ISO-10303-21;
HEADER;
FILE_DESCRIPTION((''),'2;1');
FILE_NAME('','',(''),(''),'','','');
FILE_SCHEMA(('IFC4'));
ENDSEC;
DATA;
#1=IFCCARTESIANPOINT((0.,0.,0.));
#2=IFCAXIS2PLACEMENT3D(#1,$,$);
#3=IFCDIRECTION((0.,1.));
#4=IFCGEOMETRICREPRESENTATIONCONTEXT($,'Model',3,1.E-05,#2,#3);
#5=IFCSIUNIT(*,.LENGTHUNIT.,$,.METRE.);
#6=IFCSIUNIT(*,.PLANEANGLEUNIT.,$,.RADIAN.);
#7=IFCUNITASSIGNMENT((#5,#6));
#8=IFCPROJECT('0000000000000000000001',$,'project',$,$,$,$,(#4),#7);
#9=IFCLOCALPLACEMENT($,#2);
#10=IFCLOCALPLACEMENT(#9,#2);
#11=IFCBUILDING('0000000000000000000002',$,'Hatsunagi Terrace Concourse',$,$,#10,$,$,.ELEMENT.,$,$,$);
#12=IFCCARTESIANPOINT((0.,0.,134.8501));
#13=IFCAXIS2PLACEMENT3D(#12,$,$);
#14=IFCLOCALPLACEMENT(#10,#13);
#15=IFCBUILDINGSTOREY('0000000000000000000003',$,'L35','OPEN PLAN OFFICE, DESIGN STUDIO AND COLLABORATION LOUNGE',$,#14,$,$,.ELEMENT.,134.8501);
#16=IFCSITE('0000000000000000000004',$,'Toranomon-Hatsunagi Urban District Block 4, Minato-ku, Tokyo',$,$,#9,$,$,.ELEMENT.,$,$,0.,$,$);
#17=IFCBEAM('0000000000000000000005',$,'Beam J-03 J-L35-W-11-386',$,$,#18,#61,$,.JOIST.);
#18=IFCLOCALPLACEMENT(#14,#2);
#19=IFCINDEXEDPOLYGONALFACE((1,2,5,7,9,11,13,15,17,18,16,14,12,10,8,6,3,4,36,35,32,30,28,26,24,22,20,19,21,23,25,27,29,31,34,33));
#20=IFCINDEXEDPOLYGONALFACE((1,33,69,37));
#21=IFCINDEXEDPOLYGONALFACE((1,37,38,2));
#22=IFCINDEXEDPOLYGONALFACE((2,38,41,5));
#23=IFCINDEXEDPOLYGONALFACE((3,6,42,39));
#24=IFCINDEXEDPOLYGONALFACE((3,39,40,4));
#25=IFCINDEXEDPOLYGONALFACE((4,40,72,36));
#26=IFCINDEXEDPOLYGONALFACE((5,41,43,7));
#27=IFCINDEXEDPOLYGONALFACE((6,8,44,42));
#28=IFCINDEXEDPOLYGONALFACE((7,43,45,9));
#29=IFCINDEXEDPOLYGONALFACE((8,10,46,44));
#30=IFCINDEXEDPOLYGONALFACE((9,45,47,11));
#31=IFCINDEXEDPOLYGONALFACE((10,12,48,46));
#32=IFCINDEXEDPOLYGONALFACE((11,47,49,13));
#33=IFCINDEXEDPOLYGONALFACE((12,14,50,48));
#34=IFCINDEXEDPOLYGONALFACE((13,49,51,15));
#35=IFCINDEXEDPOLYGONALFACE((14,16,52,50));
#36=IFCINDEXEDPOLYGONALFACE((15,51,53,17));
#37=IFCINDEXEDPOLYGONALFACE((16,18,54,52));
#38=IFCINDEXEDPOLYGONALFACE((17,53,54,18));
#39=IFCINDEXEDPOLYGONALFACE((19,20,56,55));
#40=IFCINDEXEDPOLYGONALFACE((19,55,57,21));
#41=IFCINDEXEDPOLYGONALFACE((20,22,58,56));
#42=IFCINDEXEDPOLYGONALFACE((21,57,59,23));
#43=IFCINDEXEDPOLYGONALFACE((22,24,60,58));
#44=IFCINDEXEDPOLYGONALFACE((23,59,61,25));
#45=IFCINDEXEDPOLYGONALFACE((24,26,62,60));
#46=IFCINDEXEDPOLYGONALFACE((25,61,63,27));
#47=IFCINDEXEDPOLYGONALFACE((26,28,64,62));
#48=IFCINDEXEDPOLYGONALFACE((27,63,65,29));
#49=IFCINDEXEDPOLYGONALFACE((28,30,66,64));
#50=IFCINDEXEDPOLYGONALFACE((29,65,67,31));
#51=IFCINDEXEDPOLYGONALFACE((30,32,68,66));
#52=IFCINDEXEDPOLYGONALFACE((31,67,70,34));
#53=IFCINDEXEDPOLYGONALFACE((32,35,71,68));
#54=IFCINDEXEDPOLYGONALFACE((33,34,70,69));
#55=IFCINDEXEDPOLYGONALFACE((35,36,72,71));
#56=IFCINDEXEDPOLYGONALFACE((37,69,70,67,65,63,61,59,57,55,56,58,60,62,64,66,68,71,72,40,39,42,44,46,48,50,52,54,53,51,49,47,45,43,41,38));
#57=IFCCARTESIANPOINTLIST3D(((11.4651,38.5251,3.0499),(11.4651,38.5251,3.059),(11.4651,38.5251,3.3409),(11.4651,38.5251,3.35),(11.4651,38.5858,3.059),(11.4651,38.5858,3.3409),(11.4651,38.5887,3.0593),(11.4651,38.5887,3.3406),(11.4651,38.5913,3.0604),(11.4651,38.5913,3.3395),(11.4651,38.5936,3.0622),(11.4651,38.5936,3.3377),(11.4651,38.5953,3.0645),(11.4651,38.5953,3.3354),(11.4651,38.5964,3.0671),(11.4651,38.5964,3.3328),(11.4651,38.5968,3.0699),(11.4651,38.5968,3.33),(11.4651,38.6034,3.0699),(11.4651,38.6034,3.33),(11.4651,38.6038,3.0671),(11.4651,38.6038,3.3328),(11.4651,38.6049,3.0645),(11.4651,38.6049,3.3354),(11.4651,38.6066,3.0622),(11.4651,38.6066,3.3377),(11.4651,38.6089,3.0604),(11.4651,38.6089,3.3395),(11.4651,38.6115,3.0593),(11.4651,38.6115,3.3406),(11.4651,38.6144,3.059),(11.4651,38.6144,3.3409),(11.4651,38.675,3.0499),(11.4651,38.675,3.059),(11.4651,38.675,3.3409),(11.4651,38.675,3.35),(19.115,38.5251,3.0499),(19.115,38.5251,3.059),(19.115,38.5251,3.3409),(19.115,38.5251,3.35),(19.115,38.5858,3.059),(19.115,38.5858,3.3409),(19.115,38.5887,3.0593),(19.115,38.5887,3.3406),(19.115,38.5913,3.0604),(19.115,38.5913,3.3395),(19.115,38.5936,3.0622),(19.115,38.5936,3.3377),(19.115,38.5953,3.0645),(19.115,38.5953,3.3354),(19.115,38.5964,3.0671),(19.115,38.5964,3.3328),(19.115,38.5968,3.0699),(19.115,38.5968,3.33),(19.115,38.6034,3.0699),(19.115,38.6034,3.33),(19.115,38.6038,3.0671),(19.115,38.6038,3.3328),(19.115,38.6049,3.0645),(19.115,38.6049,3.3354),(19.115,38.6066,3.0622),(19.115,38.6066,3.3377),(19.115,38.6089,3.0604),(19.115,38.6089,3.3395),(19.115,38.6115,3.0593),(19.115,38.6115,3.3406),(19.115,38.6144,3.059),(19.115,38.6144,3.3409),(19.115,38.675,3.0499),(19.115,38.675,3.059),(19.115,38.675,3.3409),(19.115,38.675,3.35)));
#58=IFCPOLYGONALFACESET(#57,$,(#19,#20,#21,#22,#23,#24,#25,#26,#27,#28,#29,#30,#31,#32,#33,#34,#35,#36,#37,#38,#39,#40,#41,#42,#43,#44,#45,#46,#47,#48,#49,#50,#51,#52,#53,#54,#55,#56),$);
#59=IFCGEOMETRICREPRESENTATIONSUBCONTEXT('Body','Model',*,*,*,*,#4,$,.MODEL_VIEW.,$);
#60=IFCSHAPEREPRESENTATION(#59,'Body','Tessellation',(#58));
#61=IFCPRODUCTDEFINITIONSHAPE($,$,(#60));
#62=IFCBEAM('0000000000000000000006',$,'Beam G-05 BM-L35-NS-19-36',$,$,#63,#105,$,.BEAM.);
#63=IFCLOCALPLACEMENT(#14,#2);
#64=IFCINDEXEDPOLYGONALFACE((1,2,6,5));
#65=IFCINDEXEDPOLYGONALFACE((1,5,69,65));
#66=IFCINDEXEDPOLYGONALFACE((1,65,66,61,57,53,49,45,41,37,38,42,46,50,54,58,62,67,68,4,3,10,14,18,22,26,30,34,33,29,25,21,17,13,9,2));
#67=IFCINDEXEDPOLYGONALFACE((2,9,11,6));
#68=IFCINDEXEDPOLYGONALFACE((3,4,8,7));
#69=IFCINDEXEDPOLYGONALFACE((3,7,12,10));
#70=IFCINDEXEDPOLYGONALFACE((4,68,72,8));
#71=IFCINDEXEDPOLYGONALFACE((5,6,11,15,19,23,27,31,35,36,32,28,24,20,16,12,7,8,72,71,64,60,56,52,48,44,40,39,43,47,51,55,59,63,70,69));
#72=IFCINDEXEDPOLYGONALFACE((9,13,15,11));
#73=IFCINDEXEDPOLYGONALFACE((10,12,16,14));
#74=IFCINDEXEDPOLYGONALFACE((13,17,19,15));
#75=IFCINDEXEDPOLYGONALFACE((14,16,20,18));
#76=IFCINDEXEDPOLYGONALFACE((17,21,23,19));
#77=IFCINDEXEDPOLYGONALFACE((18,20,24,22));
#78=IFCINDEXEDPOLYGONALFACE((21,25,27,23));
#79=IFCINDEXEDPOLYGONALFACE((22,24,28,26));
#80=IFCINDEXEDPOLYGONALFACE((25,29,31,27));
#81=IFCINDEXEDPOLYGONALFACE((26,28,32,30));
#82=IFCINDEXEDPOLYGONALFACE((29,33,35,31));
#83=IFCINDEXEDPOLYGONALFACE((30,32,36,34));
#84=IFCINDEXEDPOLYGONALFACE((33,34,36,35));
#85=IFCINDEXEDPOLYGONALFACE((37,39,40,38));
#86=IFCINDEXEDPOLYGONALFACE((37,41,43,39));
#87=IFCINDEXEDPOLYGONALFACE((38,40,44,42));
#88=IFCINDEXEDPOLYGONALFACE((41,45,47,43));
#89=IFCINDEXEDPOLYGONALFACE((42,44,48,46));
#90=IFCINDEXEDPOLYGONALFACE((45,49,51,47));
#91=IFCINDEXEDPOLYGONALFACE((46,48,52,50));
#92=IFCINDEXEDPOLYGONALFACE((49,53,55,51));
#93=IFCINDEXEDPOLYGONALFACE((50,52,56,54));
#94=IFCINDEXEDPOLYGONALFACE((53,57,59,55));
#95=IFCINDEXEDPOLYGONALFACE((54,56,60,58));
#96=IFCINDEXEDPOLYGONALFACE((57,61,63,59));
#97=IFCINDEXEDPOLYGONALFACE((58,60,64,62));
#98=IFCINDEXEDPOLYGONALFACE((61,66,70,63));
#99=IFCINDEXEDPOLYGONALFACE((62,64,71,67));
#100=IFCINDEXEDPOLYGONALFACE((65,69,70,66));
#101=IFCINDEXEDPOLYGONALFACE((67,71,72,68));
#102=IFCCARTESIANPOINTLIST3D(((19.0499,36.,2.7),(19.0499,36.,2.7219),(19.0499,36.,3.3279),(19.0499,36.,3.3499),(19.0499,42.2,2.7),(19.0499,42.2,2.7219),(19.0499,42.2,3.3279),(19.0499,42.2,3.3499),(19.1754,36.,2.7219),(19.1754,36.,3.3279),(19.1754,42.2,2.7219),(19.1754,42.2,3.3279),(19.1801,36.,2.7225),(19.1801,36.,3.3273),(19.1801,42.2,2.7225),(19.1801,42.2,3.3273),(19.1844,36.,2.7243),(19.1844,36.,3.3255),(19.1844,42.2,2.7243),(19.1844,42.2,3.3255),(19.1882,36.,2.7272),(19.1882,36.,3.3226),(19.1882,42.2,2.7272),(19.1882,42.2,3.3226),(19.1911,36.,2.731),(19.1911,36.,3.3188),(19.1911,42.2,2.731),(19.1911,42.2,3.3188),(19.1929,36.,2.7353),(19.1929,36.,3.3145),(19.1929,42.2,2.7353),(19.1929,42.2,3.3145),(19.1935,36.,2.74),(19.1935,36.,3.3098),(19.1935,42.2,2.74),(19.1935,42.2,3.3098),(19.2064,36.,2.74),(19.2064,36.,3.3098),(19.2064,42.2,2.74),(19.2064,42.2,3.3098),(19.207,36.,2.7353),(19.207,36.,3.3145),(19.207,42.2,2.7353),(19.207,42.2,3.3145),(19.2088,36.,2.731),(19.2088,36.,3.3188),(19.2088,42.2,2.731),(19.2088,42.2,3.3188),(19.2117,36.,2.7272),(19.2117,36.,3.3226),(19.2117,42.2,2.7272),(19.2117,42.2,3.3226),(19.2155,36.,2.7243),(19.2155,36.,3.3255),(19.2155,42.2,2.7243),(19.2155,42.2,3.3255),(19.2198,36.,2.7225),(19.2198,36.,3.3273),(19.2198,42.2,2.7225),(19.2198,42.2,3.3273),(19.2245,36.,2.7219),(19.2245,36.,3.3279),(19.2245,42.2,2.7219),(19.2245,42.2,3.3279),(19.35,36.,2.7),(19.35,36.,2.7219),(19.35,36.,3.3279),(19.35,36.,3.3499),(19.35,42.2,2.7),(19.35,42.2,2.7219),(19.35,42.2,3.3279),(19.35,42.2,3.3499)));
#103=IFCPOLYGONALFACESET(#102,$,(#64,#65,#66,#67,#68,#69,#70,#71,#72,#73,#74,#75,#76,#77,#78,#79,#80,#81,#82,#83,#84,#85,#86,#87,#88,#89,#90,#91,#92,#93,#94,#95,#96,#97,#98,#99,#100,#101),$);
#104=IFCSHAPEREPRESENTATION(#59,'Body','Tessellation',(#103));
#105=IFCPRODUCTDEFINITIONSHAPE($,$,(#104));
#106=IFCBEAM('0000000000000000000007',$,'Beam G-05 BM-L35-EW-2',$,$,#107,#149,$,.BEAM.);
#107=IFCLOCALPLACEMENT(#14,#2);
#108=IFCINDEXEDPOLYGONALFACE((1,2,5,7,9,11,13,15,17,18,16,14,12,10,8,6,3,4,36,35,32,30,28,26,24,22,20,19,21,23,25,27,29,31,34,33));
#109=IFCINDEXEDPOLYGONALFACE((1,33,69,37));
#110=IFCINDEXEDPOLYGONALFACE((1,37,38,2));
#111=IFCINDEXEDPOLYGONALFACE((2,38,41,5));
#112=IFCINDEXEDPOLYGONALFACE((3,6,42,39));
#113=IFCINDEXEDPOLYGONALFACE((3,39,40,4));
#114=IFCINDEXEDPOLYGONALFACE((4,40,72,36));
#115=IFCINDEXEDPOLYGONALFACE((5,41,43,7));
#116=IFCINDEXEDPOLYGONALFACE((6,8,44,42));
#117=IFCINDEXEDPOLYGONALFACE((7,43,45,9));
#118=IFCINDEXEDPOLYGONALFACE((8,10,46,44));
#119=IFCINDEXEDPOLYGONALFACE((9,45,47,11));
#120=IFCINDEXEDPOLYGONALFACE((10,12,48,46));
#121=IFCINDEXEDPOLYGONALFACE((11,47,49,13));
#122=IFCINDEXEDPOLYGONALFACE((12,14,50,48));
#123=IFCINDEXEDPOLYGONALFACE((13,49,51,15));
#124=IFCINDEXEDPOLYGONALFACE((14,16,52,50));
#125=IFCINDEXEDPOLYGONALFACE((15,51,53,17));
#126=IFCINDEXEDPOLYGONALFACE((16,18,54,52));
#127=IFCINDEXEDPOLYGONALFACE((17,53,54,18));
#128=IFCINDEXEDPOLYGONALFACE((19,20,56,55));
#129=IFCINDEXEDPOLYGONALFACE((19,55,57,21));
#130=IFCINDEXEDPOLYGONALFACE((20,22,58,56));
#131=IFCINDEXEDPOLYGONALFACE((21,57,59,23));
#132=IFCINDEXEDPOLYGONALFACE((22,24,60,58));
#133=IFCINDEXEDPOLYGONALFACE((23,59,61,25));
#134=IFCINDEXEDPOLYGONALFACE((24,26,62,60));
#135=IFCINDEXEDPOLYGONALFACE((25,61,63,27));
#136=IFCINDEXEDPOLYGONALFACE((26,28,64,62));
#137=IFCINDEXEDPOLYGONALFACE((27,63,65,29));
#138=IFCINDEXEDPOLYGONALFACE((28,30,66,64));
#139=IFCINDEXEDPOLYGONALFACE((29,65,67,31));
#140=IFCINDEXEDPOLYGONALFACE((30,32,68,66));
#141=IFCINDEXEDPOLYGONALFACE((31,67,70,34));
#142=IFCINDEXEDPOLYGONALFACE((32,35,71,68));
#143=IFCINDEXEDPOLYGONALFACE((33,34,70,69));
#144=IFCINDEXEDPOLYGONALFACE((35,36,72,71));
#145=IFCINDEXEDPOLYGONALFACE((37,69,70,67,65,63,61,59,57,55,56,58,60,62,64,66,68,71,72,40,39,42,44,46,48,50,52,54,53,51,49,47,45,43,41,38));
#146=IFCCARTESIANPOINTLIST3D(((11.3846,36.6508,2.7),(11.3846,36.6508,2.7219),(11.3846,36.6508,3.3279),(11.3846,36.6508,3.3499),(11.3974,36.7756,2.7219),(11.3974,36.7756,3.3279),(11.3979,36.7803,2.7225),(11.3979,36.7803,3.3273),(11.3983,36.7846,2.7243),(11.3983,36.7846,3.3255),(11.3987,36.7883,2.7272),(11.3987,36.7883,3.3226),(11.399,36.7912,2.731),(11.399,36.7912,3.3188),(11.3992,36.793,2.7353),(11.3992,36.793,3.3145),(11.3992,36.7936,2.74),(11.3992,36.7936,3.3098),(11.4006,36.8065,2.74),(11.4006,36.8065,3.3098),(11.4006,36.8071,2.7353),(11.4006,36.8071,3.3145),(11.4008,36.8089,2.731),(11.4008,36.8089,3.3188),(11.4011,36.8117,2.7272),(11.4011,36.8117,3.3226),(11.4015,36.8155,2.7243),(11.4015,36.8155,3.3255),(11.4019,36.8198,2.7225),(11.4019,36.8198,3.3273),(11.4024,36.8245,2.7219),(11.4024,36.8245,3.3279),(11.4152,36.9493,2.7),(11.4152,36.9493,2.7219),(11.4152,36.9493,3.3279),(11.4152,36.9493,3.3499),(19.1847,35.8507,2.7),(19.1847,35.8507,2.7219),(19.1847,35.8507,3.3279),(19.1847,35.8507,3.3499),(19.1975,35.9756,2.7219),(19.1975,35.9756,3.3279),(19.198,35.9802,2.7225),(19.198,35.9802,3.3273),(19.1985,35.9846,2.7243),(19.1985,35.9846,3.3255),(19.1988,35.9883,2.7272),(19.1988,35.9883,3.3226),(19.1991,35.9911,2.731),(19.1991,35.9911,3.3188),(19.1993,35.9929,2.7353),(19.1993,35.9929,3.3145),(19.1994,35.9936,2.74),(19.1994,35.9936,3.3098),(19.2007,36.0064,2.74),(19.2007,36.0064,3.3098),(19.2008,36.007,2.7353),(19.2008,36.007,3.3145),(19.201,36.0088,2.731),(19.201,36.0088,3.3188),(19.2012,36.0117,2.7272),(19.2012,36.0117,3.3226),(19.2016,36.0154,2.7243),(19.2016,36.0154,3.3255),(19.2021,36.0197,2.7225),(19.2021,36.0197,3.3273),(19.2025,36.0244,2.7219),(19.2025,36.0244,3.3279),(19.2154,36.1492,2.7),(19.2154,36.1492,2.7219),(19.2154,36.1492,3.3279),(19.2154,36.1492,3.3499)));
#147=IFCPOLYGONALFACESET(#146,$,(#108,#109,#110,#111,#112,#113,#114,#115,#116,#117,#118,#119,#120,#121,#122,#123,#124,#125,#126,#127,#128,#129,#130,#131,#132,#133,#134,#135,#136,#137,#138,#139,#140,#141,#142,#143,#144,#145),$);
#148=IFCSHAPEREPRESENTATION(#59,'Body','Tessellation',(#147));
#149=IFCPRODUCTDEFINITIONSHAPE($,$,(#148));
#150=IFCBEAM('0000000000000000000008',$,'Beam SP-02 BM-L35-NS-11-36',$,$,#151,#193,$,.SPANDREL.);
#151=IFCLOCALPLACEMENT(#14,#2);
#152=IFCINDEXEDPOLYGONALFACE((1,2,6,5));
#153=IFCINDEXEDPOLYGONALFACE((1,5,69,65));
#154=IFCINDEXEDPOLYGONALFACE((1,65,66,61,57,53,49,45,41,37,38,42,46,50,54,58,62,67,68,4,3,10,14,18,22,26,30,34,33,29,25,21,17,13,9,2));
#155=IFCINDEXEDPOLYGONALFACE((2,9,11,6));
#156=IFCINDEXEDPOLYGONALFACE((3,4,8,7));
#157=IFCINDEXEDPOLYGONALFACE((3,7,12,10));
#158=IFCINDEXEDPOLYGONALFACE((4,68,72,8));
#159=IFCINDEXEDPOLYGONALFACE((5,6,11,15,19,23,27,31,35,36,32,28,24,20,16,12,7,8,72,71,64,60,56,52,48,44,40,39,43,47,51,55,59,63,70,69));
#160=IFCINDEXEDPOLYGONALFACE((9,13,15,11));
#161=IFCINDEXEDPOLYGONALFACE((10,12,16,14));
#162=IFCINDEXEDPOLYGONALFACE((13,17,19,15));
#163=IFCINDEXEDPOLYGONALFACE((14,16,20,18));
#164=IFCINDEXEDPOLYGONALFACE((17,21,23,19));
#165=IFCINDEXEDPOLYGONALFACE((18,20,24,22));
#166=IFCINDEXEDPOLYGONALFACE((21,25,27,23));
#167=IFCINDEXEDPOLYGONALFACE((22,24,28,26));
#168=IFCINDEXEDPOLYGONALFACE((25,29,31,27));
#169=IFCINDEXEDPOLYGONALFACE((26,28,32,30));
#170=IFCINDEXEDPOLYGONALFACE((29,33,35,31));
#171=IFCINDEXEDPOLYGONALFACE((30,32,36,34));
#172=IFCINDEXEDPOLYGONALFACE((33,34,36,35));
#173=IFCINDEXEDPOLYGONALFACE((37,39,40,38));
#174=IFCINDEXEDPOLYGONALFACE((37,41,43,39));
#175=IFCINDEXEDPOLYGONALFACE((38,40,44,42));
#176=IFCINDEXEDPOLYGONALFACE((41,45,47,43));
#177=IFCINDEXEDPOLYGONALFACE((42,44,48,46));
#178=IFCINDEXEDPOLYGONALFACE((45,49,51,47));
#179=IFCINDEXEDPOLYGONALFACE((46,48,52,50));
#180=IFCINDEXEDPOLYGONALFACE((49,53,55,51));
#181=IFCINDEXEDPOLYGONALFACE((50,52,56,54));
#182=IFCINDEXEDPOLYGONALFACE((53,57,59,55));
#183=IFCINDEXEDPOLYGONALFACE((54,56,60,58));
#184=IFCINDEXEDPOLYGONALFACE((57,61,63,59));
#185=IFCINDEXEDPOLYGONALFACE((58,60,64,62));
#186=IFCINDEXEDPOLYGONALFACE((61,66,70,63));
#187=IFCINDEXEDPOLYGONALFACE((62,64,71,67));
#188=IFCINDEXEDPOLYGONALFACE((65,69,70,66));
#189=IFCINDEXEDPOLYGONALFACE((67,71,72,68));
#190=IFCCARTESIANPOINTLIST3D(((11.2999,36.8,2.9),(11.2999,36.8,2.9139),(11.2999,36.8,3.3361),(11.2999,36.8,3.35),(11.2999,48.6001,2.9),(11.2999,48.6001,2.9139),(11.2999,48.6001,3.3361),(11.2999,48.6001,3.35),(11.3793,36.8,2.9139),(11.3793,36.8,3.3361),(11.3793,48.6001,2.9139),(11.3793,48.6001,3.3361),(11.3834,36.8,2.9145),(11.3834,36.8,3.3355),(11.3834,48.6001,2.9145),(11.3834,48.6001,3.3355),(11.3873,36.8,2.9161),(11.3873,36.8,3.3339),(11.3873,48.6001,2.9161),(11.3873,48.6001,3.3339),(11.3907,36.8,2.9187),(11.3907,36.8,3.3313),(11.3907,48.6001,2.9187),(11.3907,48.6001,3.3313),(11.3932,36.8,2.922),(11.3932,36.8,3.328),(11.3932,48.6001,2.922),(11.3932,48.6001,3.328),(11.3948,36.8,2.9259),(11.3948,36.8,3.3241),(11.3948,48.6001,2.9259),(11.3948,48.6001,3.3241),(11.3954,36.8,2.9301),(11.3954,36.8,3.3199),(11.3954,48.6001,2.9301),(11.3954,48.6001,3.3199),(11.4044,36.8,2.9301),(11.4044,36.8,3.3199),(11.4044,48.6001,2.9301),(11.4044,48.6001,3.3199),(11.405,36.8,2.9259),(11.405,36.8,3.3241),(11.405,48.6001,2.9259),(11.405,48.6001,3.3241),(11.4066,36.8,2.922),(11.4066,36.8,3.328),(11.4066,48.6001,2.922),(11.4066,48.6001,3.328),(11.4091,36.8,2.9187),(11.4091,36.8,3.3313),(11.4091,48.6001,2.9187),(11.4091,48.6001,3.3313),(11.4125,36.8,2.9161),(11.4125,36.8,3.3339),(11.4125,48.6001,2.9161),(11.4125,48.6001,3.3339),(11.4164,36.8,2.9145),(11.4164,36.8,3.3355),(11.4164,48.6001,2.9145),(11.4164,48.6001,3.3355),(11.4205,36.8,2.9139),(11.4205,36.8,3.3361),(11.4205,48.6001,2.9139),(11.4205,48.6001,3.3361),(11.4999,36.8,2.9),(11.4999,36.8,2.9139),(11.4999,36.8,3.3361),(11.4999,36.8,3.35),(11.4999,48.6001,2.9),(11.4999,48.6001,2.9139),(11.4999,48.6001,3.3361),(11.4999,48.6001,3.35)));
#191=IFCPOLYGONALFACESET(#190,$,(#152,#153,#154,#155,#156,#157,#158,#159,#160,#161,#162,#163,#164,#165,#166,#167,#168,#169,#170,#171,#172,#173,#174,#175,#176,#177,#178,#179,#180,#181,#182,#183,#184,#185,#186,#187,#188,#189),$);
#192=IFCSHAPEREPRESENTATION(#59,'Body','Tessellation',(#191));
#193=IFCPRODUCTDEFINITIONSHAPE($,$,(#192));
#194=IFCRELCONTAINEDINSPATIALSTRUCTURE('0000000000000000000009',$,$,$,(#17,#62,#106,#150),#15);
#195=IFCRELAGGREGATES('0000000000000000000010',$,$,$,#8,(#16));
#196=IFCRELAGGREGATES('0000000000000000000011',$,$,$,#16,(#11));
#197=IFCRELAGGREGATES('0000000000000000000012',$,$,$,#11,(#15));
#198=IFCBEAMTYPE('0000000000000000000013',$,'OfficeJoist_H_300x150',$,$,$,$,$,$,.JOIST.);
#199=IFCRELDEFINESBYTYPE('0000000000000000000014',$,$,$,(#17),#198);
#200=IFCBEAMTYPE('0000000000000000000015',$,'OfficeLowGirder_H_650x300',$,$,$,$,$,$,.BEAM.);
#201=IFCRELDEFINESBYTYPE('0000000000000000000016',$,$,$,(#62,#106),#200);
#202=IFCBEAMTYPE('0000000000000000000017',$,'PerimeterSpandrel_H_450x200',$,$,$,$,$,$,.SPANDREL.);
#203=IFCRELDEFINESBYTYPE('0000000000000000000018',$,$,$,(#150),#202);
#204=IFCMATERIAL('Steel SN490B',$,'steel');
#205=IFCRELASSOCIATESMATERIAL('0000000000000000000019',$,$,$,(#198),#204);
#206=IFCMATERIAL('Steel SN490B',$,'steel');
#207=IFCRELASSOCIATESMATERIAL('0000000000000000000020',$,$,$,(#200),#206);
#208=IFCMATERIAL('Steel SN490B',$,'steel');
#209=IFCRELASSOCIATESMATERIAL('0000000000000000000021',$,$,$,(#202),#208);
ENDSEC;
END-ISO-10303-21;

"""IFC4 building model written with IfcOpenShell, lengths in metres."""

from ifc_helpers import new_model, si_unit, direction, frame, origin, origin_2d, place, context, subcontext, project, spatial, i_section, extrude, material, material_profile, profile_set, type_object, element, save


model = new_model("IFC4")

# Units and contexts
model_context = context("Model", 3, precision=1e-05, world=origin(), true_north=direction((0.0, 1.0)))
body_context = subcontext(model_context, "Body", "Model", "MODEL_VIEW")
ifc_project = project(units=[si_unit("LENGTHUNIT", "METRE"), si_unit("PLANEANGLEUNIT", "RADIAN")], contexts=[model_context])

# Site, building, storey
site_placement = place(None, origin())
site = spatial("IfcSite", under=ifc_project, at=site_placement, Name="Toranomon-Hatsunagi Urban District Block 4, Minato-ku, Tokyo", CompositionType="ELEMENT", RefElevation=0.0)
building_placement = place(site_placement, origin())
building = spatial("IfcBuilding", under=site, at=building_placement, Name="Hatsunagi Terrace Concourse", CompositionType="ELEMENT")
storey_placement = place(building_placement, frame((0.0, 0.0, 134.8501)))
storey = spatial("IfcBuildingStorey", under=building, at=storey_placement, Name="L35", Description="OPEN PLAN OFFICE, DESIGN STUDIO AND COLLABORATION LOUNGE", CompositionType="ELEMENT", Elevation=134.8501)

# Beams
ifc_material_1 = material(Name="Steel SN490B", Category="steel")
ifc_material_profile_1 = material_profile(ifc_material_1, i_section(OverallWidth=0.1499, OverallDepth=0.3, WebThickness=0.0066, FlangeThickness=0.009, FilletRadius=0.011, at=origin_2d()), Name="H-300x150x6.5x9")
ifc_profile_set_1 = profile_set([ifc_material_profile_1], Name="Steel SN490B")
beam_type_1 = type_object("IfcBeamType", Name="OfficeJoist_H_300x150", PredefinedType="JOIST", material=ifc_profile_set_1)
for number, where, z_axis, x_axis, name in (
    (1, (11.4651, 38.6001, 3.2), (1.0, 0.0, 0.0), (0.0, 1.0, 0.0), "Beam J-03 J-L35-W-11-386"),
):
    element("IfcBeam", number, at=place(storey_placement, frame(where, z_axis=z_axis, x_axis=x_axis)), inside=storey, type_object=beam_type_1, Name=name, PredefinedType="JOIST", context=body_context, shape_type="SweptSolid", body=[
        extrude(i_section(OverallWidth=0.1499, OverallDepth=0.3, WebThickness=0.0066, FlangeThickness=0.009, FilletRadius=0.011, at=origin_2d()), origin(), (0.0, 0.0, 1.0), 7.6499),
    ])
ifc_material_2 = material(Name="Steel SN490B", Category="steel")
ifc_material_profile_2 = material_profile(ifc_material_2, i_section(OverallWidth=0.3, OverallDepth=0.6499, WebThickness=0.0129, FlangeThickness=0.022, FilletRadius=0.0181, at=origin_2d()), Name="H-650x300x13x22")
ifc_profile_set_2 = profile_set([ifc_material_profile_2], Name="Steel SN490B")
beam_type_2 = type_object("IfcBeamType", Name="OfficeLowGirder_H_650x300", PredefinedType="BEAM", material=ifc_profile_set_2)
beam_1_placement = place(storey_placement, frame((19.2, 36.0, 3.0249), z_axis=(0.0, 1.0, 0.0), x_axis=(-1.0, 0.0, 0.0)))
element("IfcBeam", 2, at=beam_1_placement, inside=storey, type_object=beam_type_2, Name="Beam G-05 BM-L35-NS-19-36", PredefinedType="BEAM", context=body_context, shape_type="SweptSolid", body=[
    extrude(i_section(OverallWidth=0.3, OverallDepth=0.6499, WebThickness=0.0129, FlangeThickness=0.022, FilletRadius=0.0181, at=origin_2d()), origin(), (0.0, 0.0, 1.0), 6.2),
])
beam_2_placement = place(storey_placement, frame((11.3999, 36.8, 3.0249), z_axis=(0.994781, -0.102034, 0.0), x_axis=(0.102034, 0.994781, 0.0)))
element("IfcBeam", 3, at=beam_2_placement, inside=storey, type_object=beam_type_2, Name="Beam G-05 BM-L35-EW-2", PredefinedType="BEAM", context=body_context, shape_type="SweptSolid", body=[
    extrude(i_section(OverallWidth=0.3, OverallDepth=0.6499, WebThickness=0.0129, FlangeThickness=0.022, FilletRadius=0.0181, at=origin_2d()), origin(), (0.0, 0.0, 1.0), 7.8411),
])
ifc_material_3 = material(Name="Steel SN490B", Category="steel")
ifc_material_profile_3 = material_profile(ifc_material_3, i_section(OverallWidth=0.2, OverallDepth=0.45, WebThickness=0.009, FlangeThickness=0.0139, FilletRadius=0.0161, at=origin_2d()), Name="H-450x200x9x14")
ifc_profile_set_3 = profile_set([ifc_material_profile_3], Name="Steel SN490B")
beam_type_3 = type_object("IfcBeamType", Name="PerimeterSpandrel_H_450x200", PredefinedType="SPANDREL", material=ifc_profile_set_3)
beam_3_placement = place(storey_placement, frame((11.3999, 36.8, 3.125), z_axis=(0.0, 1.0, 0.0), x_axis=(-1.0, 0.0, 0.0)))
element("IfcBeam", 4, at=beam_3_placement, inside=storey, type_object=beam_type_3, Name="Beam SP-02 BM-L35-NS-11-36", PredefinedType="SPANDREL", context=body_context, shape_type="SweptSolid", body=[
    extrude(i_section(OverallWidth=0.2, OverallDepth=0.45, WebThickness=0.009, FlangeThickness=0.0139, FilletRadius=0.0161, at=origin_2d()), origin(), (0.0, 0.0, 1.0), 11.8),
])

save(model, "model.ifc")
